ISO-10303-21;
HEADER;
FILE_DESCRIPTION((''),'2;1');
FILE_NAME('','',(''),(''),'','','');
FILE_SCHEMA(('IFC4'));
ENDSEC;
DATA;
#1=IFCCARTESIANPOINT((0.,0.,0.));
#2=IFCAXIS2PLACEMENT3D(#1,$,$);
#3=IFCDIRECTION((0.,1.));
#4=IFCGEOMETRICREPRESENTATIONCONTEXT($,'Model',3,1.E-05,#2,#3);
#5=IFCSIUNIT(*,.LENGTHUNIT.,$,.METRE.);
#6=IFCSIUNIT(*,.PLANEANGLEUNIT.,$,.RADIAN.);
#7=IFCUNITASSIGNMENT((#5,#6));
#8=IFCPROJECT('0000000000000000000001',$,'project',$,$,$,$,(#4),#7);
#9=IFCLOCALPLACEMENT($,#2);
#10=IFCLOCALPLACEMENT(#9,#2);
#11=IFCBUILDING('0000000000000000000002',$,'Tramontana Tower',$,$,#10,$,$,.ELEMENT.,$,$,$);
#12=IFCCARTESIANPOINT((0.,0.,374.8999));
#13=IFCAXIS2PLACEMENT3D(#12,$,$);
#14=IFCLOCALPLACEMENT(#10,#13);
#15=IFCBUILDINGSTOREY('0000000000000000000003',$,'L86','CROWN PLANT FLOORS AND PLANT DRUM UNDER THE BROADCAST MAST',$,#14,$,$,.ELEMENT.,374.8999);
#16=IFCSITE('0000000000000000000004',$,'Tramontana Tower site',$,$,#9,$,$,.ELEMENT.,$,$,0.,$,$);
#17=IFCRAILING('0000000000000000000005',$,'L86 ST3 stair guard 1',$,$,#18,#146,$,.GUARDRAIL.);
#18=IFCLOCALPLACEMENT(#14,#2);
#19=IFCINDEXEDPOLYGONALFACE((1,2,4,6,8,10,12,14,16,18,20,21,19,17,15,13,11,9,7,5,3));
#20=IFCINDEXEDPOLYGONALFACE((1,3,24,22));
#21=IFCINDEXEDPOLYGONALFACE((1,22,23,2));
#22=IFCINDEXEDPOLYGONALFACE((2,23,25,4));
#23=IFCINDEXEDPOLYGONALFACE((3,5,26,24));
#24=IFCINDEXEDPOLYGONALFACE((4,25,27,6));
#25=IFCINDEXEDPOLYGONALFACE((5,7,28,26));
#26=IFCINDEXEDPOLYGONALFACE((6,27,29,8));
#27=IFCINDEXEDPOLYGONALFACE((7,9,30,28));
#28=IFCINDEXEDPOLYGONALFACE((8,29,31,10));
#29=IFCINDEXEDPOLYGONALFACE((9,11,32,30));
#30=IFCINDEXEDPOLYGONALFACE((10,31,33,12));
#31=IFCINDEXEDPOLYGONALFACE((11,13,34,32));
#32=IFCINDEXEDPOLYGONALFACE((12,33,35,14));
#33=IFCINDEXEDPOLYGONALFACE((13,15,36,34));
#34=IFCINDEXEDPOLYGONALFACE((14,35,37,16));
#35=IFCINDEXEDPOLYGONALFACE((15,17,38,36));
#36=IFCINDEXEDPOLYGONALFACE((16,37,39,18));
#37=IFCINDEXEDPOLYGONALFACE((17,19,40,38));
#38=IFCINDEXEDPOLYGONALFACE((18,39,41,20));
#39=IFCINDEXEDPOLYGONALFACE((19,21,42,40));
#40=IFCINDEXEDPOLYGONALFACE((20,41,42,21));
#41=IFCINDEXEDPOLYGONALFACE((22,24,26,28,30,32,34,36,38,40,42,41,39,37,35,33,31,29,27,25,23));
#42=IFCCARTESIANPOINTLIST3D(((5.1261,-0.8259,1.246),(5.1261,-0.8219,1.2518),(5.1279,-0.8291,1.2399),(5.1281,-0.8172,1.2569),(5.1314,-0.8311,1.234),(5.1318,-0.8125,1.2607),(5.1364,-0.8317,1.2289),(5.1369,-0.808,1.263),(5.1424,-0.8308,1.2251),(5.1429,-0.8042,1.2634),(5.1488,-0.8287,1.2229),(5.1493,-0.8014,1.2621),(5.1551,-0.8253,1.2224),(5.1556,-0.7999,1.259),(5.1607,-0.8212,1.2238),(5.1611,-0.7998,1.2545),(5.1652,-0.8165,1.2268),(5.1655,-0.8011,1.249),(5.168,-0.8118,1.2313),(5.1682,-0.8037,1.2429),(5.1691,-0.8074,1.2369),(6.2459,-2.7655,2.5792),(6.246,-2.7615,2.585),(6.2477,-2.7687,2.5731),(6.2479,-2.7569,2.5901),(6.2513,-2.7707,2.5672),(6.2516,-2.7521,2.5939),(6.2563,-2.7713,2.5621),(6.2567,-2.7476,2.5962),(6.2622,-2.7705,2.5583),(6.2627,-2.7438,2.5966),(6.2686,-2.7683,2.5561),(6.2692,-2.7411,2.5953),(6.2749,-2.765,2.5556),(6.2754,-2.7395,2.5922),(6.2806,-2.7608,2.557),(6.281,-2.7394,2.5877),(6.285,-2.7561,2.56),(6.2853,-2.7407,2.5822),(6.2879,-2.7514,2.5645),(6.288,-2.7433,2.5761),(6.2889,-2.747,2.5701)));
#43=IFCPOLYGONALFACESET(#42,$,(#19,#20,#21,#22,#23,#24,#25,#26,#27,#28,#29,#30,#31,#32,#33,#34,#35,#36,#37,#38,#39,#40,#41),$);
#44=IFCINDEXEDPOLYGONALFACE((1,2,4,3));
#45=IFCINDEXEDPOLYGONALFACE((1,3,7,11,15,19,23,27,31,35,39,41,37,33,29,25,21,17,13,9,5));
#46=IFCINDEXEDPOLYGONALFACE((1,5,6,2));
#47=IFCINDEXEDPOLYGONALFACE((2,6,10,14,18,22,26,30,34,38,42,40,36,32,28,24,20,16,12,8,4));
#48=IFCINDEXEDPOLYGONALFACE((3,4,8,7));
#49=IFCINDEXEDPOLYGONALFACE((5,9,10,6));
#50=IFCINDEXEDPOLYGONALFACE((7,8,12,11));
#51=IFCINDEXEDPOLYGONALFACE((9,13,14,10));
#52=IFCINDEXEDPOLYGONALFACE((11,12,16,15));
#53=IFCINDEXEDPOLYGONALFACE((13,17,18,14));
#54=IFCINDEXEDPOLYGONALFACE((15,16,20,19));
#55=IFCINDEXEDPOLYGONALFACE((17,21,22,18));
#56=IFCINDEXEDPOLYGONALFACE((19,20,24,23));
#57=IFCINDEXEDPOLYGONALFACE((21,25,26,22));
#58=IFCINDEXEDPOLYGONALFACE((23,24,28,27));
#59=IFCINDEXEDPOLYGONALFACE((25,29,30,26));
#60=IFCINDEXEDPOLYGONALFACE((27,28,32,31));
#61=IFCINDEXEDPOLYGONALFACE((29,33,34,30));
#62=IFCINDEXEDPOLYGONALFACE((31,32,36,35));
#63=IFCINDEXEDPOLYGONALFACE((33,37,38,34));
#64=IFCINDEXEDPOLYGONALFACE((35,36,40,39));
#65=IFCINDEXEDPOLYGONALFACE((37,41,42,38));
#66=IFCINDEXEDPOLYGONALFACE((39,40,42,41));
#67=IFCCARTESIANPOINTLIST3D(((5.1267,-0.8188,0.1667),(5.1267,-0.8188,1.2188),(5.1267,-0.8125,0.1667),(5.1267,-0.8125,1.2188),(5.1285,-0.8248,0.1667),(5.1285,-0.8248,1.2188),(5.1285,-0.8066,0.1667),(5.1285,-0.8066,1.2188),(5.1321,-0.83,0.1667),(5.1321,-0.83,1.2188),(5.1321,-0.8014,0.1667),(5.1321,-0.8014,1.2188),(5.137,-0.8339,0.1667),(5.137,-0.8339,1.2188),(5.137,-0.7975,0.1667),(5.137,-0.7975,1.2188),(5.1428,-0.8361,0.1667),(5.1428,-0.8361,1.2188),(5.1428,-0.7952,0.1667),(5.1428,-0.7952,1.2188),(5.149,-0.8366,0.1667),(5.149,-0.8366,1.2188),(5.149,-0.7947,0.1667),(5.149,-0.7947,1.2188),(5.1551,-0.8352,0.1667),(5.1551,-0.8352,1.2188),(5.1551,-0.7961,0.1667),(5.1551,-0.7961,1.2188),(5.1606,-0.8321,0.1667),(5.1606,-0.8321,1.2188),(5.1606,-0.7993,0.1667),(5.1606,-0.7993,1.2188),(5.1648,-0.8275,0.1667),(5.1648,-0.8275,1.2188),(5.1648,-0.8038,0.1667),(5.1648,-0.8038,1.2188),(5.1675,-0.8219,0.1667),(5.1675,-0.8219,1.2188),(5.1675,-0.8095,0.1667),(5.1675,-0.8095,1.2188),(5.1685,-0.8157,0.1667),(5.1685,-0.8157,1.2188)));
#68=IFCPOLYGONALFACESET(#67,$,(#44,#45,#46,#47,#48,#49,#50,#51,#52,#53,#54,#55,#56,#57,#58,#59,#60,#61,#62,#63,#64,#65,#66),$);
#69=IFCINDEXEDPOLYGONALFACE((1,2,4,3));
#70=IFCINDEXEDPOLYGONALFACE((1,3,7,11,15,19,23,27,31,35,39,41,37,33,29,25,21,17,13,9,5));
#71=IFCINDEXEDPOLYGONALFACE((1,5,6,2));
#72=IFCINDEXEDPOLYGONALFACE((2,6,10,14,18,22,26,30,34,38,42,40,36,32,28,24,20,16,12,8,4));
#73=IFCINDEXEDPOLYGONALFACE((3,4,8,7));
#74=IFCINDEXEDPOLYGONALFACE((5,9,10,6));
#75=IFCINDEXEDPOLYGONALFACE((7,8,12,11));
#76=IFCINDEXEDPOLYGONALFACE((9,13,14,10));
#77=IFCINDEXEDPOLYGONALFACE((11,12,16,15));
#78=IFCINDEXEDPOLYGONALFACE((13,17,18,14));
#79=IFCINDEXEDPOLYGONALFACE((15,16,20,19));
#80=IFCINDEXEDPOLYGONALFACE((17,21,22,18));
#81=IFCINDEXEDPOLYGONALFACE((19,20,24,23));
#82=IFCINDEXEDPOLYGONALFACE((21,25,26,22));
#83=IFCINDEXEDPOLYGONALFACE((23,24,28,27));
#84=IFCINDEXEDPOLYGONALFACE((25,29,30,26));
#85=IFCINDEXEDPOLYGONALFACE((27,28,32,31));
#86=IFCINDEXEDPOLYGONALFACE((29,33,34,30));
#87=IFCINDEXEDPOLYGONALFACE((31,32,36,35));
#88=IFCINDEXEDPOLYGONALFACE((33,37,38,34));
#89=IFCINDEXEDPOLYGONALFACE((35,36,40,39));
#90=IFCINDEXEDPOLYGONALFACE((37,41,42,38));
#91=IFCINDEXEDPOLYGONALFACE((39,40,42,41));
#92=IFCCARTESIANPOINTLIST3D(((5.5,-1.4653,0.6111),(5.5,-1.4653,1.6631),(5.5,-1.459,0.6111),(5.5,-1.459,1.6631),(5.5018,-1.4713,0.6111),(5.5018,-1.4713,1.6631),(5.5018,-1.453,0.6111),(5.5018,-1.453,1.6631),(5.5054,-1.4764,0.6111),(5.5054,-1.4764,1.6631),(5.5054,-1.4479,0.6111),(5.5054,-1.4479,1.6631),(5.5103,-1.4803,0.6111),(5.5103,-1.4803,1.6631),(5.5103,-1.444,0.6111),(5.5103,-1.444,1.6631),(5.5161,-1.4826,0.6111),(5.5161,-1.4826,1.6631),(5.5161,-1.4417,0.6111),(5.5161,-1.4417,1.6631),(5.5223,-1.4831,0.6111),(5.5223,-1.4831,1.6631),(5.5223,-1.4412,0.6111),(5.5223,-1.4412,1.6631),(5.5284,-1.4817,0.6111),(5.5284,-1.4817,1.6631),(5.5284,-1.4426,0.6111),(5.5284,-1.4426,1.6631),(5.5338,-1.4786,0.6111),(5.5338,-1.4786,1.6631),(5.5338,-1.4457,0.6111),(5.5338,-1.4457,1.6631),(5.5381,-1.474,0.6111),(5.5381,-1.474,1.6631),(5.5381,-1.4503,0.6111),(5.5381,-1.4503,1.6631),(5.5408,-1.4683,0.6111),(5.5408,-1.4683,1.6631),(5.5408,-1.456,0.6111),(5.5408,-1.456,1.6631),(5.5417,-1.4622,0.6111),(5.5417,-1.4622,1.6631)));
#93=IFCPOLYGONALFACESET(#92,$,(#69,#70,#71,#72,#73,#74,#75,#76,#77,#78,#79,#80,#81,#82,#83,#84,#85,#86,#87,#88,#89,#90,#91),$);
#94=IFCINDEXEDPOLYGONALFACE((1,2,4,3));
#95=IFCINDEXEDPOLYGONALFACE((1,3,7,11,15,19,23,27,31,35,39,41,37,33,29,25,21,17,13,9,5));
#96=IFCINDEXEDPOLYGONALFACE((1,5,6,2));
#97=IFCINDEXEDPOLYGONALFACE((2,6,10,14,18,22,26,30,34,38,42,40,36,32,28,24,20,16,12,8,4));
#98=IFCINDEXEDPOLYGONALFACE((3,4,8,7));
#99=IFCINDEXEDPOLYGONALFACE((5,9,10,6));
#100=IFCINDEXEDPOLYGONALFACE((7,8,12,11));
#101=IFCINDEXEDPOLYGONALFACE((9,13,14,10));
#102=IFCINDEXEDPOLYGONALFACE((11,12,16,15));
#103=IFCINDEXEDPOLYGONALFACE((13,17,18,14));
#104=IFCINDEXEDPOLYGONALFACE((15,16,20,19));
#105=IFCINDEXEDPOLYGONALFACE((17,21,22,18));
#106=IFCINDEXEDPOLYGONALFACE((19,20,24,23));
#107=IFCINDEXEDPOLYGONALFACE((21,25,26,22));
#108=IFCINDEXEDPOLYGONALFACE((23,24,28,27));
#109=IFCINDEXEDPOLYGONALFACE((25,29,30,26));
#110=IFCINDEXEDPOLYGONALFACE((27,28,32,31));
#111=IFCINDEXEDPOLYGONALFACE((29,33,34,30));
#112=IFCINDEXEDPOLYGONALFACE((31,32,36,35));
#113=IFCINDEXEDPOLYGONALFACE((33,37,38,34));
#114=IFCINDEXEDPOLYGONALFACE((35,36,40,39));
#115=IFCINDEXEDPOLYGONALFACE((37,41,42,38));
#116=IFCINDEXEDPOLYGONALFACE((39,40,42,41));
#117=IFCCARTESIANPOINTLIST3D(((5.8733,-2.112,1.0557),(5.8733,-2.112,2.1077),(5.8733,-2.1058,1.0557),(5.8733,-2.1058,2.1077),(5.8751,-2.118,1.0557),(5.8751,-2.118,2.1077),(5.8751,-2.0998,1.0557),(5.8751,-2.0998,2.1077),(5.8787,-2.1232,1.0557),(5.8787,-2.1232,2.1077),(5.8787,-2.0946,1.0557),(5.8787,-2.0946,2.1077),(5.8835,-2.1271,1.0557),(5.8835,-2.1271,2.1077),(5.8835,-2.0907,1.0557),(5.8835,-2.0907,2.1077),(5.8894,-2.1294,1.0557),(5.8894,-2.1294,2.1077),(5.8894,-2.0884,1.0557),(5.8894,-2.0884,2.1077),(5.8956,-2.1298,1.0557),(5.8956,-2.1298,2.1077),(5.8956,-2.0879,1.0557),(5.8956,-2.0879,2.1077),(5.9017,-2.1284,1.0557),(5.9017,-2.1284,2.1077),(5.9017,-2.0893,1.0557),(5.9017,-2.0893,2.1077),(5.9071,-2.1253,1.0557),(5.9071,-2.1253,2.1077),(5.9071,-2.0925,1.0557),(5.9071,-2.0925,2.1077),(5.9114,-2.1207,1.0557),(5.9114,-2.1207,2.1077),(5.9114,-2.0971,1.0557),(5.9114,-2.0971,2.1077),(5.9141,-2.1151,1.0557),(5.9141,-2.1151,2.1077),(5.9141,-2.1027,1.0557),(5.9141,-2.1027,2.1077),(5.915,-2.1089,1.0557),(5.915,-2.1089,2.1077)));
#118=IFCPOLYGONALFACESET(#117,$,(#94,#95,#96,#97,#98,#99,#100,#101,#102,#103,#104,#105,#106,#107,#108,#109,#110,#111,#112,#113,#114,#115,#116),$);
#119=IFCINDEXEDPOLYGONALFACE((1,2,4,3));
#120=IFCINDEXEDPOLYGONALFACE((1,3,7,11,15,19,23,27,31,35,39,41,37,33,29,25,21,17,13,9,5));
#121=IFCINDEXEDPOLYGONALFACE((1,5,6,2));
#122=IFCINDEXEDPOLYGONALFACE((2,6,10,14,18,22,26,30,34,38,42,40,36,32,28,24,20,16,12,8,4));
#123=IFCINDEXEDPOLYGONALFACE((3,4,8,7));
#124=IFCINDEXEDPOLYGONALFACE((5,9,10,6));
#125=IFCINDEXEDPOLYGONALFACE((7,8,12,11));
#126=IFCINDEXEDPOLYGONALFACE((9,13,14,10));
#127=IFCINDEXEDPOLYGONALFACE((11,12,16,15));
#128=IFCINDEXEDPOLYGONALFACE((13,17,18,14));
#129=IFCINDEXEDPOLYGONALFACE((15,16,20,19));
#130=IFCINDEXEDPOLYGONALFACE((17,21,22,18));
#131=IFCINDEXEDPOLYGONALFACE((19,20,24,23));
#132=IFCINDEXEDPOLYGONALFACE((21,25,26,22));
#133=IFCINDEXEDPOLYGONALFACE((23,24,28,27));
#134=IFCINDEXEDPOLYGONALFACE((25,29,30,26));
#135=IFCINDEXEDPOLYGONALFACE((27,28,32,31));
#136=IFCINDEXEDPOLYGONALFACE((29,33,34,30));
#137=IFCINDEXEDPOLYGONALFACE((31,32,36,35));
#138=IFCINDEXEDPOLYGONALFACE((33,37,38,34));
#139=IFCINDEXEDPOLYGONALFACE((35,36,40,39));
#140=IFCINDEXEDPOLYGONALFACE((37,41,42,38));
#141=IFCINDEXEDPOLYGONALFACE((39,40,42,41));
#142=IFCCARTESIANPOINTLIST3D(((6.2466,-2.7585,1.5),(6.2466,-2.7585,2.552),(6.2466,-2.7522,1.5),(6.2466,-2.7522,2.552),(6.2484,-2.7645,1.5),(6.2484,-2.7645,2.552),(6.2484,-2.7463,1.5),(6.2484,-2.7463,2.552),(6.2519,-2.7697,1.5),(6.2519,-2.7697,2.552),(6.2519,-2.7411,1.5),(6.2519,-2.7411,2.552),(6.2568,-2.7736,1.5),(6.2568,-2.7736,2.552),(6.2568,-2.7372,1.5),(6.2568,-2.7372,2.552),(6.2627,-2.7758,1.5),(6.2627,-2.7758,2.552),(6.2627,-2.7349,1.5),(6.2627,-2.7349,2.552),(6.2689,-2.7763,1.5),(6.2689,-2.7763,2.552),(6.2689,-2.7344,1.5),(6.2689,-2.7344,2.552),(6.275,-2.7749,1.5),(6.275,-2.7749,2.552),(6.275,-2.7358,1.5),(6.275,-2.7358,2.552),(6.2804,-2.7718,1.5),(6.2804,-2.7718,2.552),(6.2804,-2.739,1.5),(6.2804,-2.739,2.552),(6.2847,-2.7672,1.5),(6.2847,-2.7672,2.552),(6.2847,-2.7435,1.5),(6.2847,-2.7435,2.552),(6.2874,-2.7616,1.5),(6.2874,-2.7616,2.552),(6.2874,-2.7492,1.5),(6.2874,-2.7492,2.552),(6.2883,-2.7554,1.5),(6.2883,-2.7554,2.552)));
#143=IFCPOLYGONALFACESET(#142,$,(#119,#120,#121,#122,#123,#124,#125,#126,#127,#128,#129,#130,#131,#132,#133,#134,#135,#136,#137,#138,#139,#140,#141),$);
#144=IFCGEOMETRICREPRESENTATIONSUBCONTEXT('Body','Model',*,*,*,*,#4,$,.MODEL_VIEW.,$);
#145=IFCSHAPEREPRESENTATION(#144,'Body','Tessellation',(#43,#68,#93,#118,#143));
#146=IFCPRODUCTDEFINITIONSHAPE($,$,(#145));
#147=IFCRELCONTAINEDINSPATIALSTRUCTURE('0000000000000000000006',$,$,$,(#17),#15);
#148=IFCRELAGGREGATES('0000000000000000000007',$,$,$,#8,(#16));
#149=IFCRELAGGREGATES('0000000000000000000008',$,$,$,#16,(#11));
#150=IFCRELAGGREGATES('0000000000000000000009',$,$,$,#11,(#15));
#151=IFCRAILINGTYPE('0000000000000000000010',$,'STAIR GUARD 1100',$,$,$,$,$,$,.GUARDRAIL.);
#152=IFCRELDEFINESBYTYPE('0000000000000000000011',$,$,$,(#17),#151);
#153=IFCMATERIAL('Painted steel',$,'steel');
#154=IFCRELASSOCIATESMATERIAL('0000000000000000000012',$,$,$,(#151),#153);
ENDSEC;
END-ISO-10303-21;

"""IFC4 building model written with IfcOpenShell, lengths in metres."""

from ifc_helpers import new_model, si_unit, direction, frame, origin, origin_2d, place, context, subcontext, project, spatial, circle, extrude, material, type_object, element, save


model = new_model("IFC4")

# Units and contexts
model_context = context("Model", 3, precision=1e-05, world=origin(), true_north=direction((0.0, 1.0)))
body_context = subcontext(model_context, "Body", "Model", "MODEL_VIEW")
ifc_project = project(units=[si_unit("LENGTHUNIT", "METRE"), si_unit("PLANEANGLEUNIT", "RADIAN")], contexts=[model_context])

# Site, building, storey
site_placement = place(None, origin())
site = spatial("IfcSite", under=ifc_project, at=site_placement, Name="Tramontana Tower site", CompositionType="ELEMENT", RefElevation=0.0)
building_placement = place(site_placement, origin())
building = spatial("IfcBuilding", under=site, at=building_placement, Name="Tramontana Tower", CompositionType="ELEMENT")
storey_placement = place(building_placement, frame((0.0, 0.0, 374.8999)))
storey = spatial("IfcBuildingStorey", under=building, at=storey_placement, Name="L86", Description="CROWN PLANT FLOORS AND PLANT DRUM UNDER THE BROADCAST MAST", CompositionType="ELEMENT", Elevation=374.8999)

# Railing
ifc_material_1 = material(Name="Painted steel", Category="steel")
railing_type_1 = type_object("IfcRailingType", Name="STAIR GUARD 1100", PredefinedType="GUARDRAIL", material=ifc_material_1)
railing_1_placement = place(storey_placement, frame((5.1475, -0.8157, 0.1667)))
element("IfcRailing", 1, at=railing_1_placement, inside=storey, type_object=railing_type_1, Name="L86 ST3 stair guard 1", PredefinedType="GUARDRAIL", context=body_context, shape_type="SweptSolid", body=[
    extrude(circle(Radius=0.0239, at=origin_2d()), frame((0.0, 0.0, 1.0762), z_axis=(0.429638, -0.744163, 0.511501), x_axis=(0.866028, 0.499996, 0.0)), (0.0, 0.0, 1.0), 2.6064),
    extrude(circle(Radius=0.021, at=origin_2d()), origin(), (0.0, 0.0, 1.0), 1.052),
    extrude(circle(Radius=0.021, at=origin_2d()), frame((0.3733, -0.6465, 0.4443)), (0.0, 0.0, 1.0), 1.052),
    extrude(circle(Radius=0.021, at=origin_2d()), frame((0.7466, -1.2932, 0.8889)), (0.0, 0.0, 1.0), 1.052),
    extrude(circle(Radius=0.021, at=origin_2d()), frame((1.1199, -1.9397, 1.3333)), (0.0, 0.0, 1.0), 1.052),
])

save(model, "model.ifc")
